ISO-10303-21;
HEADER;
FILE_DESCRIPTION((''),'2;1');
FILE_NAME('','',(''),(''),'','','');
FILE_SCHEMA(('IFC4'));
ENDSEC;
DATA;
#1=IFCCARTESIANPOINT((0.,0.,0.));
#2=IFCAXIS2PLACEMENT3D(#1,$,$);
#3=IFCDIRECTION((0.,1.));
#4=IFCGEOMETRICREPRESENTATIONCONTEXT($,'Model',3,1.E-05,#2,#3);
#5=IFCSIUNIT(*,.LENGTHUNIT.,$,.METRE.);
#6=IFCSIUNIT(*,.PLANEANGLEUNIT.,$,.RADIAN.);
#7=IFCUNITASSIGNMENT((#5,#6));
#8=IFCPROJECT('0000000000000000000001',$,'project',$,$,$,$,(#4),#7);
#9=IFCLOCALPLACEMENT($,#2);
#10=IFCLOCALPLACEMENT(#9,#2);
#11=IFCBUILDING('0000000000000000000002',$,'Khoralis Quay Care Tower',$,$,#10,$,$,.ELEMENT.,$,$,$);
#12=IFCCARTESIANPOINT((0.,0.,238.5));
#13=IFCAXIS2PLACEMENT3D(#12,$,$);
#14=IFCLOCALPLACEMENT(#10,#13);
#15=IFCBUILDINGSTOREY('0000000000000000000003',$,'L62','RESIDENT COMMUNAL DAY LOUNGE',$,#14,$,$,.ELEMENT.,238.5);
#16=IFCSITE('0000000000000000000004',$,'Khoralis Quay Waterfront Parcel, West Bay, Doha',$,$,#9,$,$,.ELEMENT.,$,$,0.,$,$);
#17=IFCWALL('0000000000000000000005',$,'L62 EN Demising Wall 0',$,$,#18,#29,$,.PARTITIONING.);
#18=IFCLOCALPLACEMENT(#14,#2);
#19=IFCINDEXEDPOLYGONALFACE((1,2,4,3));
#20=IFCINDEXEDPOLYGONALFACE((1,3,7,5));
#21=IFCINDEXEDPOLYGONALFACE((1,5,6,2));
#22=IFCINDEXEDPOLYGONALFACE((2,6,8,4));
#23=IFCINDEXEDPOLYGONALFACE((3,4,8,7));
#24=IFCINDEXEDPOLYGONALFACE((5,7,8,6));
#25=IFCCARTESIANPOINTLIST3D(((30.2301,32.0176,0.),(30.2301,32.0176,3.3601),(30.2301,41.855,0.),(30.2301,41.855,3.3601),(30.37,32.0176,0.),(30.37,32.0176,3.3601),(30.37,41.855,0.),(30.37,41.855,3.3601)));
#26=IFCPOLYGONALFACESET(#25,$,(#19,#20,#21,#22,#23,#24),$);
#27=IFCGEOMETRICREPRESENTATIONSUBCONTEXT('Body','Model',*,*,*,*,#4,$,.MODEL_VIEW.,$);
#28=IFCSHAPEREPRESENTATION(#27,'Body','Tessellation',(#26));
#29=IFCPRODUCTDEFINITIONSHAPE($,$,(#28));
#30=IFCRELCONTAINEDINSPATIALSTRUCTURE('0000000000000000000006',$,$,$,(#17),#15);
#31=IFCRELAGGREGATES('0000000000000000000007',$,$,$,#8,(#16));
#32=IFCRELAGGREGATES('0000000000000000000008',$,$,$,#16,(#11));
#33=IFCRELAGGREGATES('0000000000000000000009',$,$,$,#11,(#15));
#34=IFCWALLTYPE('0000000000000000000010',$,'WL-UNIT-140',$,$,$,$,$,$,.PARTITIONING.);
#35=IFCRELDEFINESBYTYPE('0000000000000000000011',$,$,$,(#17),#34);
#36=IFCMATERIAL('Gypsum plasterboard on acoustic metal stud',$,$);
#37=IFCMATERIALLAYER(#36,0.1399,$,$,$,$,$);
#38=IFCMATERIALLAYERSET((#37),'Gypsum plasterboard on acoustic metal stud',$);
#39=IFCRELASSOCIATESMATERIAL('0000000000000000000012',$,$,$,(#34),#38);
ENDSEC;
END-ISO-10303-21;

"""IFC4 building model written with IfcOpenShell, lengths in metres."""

from ifc_helpers import new_model, si_unit, direction, frame, frame_2d, origin, place, context, subcontext, project, spatial, rectangle, extrude, material, layer, layer_set, type_object, element, save


model = new_model("IFC4")

# Units and contexts
model_context = context("Model", 3, precision=1e-05, world=origin(), true_north=direction((0.0, 1.0)))
body_context = subcontext(model_context, "Body", "Model", "MODEL_VIEW")
ifc_project = project(units=[si_unit("LENGTHUNIT", "METRE"), si_unit("PLANEANGLEUNIT", "RADIAN")], contexts=[model_context])

# Site, building, storey
site_placement = place(None, origin())
site = spatial("IfcSite", under=ifc_project, at=site_placement, Name="Khoralis Quay Waterfront Parcel, West Bay, Doha", CompositionType="ELEMENT", RefElevation=0.0)
building_placement = place(site_placement, origin())
building = spatial("IfcBuilding", under=site, at=building_placement, Name="Khoralis Quay Care Tower", CompositionType="ELEMENT")
storey_placement = place(building_placement, frame((0.0, 0.0, 238.5)))
storey = spatial("IfcBuildingStorey", under=building, at=storey_placement, Name="L62", Description="RESIDENT COMMUNAL DAY LOUNGE", CompositionType="ELEMENT", Elevation=238.5)

# Shared definitions
ifc_material_1 = material(Name="Gypsum plasterboard on acoustic metal stud")

# Wall
ifc_layer_1 = layer(ifc_material_1, 0.1399)
ifc_layer_set_1 = layer_set([ifc_layer_1], Name="Gypsum plasterboard on acoustic metal stud")
wall_type_1 = type_object("IfcWallType", Name="WL-UNIT-140", PredefinedType="PARTITIONING", material=ifc_layer_set_1)
wall_1_placement = place(storey_placement, frame((30.3, 32.0176, 0.0), z_axis=(0.0, 0.0, 1.0), x_axis=(0.0, 1.0, 0.0)))
element("IfcWall", 1, at=wall_1_placement, inside=storey, type_object=wall_type_1, Name="L62 EN Demising Wall 0", PredefinedType="PARTITIONING", context=body_context, shape_type="SweptSolid", body=[
    extrude(rectangle(XDim=9.8374, YDim=0.1399, at=frame_2d((4.9187, 0.0))), origin(), (0.0, 0.0, 1.0), 3.3601),
])

save(model, "model.ifc")
